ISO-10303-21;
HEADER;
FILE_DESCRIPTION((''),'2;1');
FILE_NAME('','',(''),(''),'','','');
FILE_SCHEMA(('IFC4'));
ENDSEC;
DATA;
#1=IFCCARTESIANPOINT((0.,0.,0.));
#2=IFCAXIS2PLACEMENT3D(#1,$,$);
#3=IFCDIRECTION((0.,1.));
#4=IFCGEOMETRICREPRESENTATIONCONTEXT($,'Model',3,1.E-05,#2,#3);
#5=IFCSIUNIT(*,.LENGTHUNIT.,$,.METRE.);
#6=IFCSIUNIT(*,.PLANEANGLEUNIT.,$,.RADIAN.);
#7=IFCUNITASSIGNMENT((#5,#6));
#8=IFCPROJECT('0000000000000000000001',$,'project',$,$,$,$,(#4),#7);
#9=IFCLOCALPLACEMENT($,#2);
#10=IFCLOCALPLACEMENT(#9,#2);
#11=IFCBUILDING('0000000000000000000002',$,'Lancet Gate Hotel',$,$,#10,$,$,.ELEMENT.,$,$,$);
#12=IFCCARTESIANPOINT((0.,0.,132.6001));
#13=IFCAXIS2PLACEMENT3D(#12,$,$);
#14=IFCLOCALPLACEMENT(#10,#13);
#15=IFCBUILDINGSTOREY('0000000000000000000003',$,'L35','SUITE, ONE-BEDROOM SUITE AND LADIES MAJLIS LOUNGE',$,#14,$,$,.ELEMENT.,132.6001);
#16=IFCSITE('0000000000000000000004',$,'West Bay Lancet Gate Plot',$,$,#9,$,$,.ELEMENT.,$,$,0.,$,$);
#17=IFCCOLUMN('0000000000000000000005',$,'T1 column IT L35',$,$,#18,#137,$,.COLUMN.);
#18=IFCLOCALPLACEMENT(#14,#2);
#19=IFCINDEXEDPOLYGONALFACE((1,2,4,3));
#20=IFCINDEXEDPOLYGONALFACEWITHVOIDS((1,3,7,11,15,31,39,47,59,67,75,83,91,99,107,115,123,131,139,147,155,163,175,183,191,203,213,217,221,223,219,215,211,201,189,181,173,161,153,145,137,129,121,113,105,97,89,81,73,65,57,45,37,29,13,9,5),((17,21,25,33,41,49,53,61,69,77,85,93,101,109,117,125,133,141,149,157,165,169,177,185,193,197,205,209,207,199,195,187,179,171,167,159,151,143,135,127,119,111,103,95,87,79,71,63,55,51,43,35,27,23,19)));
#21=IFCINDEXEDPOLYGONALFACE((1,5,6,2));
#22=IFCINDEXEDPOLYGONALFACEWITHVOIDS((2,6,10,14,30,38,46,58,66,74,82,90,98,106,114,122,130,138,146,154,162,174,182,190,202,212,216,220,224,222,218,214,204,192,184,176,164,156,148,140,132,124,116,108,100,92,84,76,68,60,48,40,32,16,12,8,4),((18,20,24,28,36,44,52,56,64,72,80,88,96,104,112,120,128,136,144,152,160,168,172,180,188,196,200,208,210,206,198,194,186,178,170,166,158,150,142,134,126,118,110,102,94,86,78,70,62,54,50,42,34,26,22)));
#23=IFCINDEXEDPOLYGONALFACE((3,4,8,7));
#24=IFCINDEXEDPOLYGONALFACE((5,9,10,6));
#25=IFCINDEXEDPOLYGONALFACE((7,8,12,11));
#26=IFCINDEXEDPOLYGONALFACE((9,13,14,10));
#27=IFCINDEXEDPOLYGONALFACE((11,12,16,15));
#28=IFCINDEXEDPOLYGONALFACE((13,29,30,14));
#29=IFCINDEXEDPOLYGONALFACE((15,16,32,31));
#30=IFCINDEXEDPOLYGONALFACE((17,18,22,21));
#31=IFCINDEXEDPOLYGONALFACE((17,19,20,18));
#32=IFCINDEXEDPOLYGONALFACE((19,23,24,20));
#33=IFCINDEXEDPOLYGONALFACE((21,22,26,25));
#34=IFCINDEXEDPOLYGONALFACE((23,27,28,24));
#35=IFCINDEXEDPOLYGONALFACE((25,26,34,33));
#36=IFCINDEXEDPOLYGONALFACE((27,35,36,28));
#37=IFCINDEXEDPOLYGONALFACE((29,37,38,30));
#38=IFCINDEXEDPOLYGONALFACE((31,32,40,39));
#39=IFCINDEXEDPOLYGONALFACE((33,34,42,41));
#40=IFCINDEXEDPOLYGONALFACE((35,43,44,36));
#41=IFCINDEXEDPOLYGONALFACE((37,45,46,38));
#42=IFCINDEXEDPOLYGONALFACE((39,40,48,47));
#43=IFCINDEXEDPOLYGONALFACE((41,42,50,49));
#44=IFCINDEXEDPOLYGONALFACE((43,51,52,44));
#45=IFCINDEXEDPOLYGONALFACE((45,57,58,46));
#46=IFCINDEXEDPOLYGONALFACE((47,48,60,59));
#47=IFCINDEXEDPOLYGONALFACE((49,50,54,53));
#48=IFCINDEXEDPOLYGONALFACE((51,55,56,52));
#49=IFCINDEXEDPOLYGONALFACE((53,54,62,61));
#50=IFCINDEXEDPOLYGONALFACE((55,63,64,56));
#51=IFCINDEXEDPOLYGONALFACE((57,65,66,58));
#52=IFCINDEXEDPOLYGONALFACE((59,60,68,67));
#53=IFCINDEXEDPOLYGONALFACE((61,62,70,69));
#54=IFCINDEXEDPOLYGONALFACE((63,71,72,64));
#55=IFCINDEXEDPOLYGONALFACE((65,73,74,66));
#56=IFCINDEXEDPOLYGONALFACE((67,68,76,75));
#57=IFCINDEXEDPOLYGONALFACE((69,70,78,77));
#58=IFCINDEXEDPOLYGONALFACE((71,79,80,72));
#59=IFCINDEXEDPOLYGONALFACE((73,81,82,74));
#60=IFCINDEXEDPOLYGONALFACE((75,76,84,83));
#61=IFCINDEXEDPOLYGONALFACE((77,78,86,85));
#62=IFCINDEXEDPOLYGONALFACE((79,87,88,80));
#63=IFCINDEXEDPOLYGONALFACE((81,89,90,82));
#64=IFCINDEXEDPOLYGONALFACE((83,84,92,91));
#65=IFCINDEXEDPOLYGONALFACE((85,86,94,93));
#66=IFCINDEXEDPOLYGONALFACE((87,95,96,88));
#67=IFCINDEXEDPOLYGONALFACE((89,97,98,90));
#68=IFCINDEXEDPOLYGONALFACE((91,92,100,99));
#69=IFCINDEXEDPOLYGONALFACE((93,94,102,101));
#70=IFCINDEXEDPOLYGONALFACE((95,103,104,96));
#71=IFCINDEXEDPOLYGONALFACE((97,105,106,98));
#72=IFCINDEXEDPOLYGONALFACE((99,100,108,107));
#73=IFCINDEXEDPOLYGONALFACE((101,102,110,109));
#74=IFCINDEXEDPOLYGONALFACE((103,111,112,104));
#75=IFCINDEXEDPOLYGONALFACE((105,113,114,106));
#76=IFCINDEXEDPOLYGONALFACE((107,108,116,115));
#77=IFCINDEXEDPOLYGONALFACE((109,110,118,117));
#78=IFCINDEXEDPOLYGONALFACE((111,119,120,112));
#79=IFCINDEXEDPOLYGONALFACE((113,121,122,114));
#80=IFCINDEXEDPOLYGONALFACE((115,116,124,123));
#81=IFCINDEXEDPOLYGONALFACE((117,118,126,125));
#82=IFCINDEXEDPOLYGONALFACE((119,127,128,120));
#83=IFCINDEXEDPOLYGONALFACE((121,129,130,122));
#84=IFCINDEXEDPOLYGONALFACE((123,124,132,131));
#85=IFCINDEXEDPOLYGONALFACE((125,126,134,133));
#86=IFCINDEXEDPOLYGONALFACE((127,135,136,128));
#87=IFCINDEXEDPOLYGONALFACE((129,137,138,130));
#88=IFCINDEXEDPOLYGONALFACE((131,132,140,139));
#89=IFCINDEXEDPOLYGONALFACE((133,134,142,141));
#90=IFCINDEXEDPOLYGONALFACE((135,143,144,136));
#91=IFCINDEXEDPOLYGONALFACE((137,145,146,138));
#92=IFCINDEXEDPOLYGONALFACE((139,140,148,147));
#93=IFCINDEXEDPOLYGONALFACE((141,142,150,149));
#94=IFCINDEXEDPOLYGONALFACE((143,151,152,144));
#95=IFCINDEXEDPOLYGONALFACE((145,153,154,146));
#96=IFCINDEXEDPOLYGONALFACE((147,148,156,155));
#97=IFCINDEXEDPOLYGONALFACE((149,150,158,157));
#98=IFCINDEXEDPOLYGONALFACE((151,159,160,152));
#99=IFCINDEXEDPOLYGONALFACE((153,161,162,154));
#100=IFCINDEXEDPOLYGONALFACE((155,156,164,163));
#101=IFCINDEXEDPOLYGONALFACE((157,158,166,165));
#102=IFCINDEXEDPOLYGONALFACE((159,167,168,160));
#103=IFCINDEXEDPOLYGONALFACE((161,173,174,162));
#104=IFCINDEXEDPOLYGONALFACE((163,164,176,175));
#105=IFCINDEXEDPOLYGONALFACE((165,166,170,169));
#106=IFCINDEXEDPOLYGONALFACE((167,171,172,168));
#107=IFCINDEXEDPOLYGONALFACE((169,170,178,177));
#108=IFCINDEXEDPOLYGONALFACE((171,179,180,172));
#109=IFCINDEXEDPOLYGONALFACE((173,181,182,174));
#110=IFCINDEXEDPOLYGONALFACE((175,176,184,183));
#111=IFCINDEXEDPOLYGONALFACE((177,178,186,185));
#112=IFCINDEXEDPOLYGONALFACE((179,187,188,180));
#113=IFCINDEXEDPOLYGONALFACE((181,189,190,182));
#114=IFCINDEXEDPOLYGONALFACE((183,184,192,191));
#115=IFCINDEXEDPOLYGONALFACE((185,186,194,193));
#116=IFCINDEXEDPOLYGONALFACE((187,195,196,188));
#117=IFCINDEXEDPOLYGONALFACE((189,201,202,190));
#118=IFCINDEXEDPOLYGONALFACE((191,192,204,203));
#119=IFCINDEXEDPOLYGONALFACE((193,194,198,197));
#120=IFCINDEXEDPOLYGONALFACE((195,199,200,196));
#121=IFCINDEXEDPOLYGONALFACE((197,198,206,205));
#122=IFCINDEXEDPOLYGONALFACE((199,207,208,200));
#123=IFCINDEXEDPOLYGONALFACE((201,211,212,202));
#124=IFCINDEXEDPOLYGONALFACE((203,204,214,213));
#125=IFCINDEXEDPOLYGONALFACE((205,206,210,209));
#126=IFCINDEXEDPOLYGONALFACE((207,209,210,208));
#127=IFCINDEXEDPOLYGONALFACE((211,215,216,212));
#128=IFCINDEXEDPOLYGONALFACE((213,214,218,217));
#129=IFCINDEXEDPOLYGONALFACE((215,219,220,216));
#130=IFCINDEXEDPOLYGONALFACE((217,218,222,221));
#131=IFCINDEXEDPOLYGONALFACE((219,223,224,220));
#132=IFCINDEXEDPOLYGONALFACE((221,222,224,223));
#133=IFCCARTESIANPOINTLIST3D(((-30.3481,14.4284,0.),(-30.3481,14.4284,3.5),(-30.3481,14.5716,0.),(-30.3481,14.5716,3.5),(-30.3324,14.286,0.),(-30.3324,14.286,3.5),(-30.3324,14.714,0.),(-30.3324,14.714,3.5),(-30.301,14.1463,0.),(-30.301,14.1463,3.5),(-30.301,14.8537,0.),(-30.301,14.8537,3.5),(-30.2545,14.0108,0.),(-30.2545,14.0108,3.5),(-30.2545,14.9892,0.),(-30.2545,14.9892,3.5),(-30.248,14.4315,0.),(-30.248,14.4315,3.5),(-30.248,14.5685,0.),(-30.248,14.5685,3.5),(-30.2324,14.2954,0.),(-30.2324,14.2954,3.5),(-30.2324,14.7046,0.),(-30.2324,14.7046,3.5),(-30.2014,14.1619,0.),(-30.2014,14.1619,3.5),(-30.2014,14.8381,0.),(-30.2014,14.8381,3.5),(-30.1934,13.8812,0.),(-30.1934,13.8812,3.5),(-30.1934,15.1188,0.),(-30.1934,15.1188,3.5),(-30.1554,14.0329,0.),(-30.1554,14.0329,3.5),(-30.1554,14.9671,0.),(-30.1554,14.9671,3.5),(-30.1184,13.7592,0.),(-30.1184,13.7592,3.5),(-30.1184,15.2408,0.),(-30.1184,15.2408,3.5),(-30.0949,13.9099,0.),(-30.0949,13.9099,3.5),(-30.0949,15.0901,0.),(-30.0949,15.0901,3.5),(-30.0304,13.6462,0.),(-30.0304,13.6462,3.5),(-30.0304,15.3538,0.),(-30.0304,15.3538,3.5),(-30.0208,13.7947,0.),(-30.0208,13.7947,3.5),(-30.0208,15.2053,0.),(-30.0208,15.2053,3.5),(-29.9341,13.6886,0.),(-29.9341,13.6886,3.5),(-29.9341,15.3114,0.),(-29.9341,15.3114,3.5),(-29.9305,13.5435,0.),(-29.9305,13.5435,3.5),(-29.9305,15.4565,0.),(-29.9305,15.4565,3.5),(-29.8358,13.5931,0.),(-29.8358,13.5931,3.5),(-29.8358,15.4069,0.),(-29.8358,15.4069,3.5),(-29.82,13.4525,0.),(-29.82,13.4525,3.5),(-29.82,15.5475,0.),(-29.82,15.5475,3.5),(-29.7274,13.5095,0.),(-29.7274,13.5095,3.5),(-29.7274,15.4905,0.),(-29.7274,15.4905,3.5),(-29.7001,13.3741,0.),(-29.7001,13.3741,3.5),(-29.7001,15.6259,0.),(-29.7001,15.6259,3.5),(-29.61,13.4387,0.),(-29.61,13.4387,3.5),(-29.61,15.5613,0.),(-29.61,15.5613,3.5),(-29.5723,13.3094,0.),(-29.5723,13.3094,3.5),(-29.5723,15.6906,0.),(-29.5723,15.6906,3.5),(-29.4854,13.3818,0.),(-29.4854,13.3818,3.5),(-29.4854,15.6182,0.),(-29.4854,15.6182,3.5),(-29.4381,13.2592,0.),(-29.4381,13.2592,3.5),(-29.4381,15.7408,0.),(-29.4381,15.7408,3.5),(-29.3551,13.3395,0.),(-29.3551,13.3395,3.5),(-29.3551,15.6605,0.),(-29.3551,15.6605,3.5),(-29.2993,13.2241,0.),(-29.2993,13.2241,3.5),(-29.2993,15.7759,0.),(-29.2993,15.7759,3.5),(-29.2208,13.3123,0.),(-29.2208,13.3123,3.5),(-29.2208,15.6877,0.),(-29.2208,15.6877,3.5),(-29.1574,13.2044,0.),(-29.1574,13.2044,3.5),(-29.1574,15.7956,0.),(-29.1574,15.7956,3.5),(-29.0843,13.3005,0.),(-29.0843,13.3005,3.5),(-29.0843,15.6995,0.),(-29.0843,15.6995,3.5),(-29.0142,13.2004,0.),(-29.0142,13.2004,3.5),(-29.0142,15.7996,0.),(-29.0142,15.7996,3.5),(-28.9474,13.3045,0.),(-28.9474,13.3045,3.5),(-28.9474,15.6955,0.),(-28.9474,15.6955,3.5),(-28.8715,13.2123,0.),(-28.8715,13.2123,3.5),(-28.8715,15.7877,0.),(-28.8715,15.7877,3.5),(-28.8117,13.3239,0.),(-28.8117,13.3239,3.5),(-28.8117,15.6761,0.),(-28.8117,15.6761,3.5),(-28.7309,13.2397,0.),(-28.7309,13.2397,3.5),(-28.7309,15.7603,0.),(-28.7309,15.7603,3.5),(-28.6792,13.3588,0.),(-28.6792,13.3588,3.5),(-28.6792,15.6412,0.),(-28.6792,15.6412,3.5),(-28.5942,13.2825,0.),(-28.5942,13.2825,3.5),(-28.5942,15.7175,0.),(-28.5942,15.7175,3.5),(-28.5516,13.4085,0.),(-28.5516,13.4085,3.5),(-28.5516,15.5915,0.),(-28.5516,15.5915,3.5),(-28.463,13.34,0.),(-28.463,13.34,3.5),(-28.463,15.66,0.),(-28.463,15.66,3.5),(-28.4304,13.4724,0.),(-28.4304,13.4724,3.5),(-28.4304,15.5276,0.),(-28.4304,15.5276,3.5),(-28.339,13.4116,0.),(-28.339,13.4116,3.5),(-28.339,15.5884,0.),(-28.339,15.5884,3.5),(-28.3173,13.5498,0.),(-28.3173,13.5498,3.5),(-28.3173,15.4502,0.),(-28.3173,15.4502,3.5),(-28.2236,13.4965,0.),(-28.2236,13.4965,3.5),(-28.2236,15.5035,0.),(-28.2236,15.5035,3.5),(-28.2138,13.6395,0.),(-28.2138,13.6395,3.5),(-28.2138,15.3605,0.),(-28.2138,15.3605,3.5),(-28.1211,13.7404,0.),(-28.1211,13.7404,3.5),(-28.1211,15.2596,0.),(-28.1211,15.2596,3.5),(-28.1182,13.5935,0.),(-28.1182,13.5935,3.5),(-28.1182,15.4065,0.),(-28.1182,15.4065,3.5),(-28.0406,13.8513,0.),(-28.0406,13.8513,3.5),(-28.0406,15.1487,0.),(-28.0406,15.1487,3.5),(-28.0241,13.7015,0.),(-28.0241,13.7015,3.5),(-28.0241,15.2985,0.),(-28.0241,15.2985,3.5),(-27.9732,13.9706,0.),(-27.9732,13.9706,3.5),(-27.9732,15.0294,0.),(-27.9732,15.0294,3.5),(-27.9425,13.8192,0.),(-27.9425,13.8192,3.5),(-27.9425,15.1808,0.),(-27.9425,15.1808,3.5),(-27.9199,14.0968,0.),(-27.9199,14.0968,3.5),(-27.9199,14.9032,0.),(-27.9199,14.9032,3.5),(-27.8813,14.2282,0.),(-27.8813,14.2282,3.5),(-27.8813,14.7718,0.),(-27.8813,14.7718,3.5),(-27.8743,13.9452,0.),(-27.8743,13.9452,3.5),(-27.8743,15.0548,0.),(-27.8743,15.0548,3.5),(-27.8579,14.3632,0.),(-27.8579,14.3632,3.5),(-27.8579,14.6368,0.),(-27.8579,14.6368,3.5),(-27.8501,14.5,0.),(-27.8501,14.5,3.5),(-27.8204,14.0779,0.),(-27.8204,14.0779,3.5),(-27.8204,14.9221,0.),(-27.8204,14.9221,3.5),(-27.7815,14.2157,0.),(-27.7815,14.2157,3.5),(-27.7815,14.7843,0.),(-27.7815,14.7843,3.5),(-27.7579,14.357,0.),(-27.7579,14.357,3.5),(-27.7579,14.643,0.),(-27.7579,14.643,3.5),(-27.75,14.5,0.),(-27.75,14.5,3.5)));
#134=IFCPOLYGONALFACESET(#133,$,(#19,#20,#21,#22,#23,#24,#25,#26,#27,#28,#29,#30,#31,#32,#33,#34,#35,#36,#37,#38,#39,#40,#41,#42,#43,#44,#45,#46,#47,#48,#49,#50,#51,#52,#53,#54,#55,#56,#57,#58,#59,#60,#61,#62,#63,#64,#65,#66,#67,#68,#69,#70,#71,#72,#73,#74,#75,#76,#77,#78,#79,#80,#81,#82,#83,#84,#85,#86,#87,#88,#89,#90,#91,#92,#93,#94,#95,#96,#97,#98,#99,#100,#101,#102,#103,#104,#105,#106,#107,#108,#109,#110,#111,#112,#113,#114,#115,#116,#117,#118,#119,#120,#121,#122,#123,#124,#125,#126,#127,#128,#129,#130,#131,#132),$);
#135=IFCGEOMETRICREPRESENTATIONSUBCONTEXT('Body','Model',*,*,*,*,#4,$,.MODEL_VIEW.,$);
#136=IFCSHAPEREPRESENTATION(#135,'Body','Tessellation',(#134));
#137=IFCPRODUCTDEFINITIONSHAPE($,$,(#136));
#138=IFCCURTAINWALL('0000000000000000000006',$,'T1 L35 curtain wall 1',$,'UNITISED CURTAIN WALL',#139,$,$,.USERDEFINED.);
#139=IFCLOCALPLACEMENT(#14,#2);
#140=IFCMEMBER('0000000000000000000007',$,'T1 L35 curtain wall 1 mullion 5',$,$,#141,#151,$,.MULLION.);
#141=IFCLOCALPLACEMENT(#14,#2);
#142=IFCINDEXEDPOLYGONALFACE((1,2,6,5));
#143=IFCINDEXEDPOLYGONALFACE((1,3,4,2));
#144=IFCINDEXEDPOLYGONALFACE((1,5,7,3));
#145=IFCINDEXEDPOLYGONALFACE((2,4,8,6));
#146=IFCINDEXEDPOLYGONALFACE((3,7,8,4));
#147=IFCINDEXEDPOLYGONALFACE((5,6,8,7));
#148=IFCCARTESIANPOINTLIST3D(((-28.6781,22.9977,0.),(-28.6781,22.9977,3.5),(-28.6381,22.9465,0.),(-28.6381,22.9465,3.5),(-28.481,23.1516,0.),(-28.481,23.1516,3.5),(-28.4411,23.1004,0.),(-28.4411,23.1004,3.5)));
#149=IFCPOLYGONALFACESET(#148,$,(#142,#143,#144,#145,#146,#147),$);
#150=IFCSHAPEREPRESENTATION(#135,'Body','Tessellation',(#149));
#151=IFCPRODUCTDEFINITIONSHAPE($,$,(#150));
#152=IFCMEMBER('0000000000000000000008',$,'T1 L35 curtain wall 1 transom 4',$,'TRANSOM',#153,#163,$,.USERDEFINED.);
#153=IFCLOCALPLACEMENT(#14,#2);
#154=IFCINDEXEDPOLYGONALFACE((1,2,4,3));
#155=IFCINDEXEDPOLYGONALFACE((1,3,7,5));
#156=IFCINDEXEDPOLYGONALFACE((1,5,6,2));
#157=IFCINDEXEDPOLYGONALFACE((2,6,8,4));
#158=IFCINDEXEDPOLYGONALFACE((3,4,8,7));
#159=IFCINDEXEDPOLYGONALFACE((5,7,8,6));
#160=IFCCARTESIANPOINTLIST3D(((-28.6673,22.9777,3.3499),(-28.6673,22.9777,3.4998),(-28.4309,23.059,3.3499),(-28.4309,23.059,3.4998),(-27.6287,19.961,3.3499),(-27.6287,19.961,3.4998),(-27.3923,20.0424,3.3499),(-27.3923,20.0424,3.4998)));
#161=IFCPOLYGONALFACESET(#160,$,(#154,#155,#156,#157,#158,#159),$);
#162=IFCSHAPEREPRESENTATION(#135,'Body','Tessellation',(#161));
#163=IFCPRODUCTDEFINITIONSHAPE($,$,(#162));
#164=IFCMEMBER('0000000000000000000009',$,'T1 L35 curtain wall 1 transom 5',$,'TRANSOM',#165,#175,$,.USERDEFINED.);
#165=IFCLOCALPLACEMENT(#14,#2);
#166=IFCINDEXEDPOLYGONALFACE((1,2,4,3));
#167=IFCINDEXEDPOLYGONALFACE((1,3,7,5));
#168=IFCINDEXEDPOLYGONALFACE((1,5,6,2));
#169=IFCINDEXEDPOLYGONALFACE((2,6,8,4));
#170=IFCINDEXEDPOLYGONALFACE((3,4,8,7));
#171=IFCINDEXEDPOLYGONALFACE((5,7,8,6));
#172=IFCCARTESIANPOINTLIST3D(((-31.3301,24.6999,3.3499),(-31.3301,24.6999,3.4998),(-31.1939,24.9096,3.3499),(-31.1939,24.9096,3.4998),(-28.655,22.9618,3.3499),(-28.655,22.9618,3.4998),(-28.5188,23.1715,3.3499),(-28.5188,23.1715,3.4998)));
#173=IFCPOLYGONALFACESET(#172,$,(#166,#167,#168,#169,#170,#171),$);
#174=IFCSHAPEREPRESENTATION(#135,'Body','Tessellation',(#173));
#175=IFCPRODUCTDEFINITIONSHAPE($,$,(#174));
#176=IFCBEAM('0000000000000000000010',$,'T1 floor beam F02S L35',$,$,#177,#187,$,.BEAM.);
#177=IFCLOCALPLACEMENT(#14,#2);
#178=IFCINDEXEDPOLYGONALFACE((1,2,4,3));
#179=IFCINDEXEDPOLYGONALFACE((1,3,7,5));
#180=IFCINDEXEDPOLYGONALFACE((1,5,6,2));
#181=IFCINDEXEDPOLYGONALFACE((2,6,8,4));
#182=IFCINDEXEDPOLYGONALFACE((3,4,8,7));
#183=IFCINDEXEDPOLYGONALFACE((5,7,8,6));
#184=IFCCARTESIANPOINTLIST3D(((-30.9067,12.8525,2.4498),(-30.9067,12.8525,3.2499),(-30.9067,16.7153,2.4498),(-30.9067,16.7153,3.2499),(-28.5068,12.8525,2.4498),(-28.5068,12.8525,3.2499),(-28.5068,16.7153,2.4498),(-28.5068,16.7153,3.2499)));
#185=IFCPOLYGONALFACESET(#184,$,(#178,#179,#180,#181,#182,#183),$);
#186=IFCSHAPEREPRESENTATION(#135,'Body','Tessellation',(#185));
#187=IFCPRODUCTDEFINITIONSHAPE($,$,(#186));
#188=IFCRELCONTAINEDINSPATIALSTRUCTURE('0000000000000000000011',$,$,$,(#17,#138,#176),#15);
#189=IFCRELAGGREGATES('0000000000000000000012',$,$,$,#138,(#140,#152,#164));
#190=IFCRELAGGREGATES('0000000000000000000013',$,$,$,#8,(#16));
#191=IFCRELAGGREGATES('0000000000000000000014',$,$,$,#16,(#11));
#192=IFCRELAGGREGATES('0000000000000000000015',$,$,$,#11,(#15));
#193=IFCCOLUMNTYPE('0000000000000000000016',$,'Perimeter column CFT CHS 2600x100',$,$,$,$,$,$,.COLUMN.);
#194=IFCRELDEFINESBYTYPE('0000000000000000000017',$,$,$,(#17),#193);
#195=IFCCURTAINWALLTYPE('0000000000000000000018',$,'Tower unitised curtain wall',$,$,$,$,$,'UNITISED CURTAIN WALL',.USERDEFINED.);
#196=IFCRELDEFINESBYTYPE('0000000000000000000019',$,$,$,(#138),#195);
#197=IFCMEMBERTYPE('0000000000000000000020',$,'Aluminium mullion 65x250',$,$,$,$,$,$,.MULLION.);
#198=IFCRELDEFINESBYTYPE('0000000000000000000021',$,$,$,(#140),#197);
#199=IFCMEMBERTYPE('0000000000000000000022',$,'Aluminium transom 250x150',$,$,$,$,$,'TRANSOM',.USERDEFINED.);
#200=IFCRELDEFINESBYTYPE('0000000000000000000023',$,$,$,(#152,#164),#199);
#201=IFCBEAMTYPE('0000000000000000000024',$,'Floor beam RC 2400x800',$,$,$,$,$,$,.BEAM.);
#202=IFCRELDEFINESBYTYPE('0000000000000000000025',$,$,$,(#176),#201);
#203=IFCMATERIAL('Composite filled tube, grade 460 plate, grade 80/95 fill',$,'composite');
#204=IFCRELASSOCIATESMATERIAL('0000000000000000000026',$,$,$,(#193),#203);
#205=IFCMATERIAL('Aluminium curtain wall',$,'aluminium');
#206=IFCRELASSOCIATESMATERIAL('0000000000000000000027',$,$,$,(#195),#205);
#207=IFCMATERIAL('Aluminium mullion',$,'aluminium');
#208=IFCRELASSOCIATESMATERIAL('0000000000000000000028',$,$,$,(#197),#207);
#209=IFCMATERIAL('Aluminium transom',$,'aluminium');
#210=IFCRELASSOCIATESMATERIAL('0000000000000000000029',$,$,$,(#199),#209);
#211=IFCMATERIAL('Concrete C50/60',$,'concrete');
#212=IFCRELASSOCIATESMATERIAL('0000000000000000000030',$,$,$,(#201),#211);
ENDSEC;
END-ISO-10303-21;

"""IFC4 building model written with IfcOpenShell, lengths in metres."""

from ifc_helpers import new_model, si_unit, direction, frame, origin, origin_2d, place, context, subcontext, project, spatial, rectangle, hollow_circle, extrude, material, material_profile, profile_set, type_object, element, aggregate, save


model = new_model("IFC4")

# Units and contexts
model_context = context("Model", 3, precision=1e-05, world=origin(), true_north=direction((0.0, 1.0)))
body_context = subcontext(model_context, "Body", "Model", "MODEL_VIEW")
ifc_project = project(units=[si_unit("LENGTHUNIT", "METRE"), si_unit("PLANEANGLEUNIT", "RADIAN")], contexts=[model_context])

# Site, building, storey
site_placement = place(None, origin())
site = spatial("IfcSite", under=ifc_project, at=site_placement, Name="West Bay Lancet Gate Plot", CompositionType="ELEMENT", RefElevation=0.0)
building_placement = place(site_placement, origin())
building = spatial("IfcBuilding", under=site, at=building_placement, Name="Lancet Gate Hotel", CompositionType="ELEMENT")
storey_placement = place(building_placement, frame((0.0, 0.0, 132.6001)))
storey = spatial("IfcBuildingStorey", under=building, at=storey_placement, Name="L35", Description="SUITE, ONE-BEDROOM SUITE AND LADIES MAJLIS LOUNGE", CompositionType="ELEMENT", Elevation=132.6001)

# Column
ifc_material_1 = material(Name="Composite filled tube, grade 460 plate, grade 80/95 fill", Category="composite")
ifc_material_profile_1 = material_profile(ifc_material_1, hollow_circle(Radius=1.3, WallThickness=0.1001, at=origin_2d()), Name="CHS 2600x100")
ifc_profile_set_1 = profile_set([ifc_material_profile_1], Name="Composite filled tube, grade 460 plate, grade 80/95 fill")
column_type = type_object("IfcColumnType", Name="Perimeter column CFT CHS 2600x100", PredefinedType="COLUMN", material=ifc_profile_set_1)
for number, where, z_axis, x_axis, name in (
    (1, (-29.05, 14.5, 0.0), (0.0, 0.0, 1.0), (1.0, 0.0, 0.0), "T1 column IT L35"),
):
    element("IfcColumn", number, at=place(storey_placement, frame(where, z_axis=z_axis, x_axis=x_axis)), inside=storey, type_object=column_type, Name=name, PredefinedType="COLUMN", context=body_context, shape_type="SweptSolid", body=[
        extrude(hollow_circle(Radius=1.3, WallThickness=0.1001, at=origin_2d()), origin(), (0.0, 0.0, 1.0), 3.5),
    ])

# Curtain wall, members
ifc_material_2 = material(Name="Aluminium curtain wall", Category="aluminium")
curtain_wall_type = type_object("IfcCurtainWallType", Name="Tower unitised curtain wall", ElementType="UNITISED CURTAIN WALL", PredefinedType="USERDEFINED", material=ifc_material_2)
curtain_wall_placement = place(storey_placement, origin())
curtain_wall = element("IfcCurtainWall", 2, at=curtain_wall_placement, inside=storey, type_object=curtain_wall_type, Name="T1 L35 curtain wall 1", ObjectType="UNITISED CURTAIN WALL", PredefinedType="USERDEFINED")
ifc_material_3 = material(Name="Aluminium mullion", Category="aluminium")
ifc_material_profile_2 = material_profile(ifc_material_3, rectangle(XDim=0.0649, YDim=0.25, at=origin_2d()), Name="MULLION 65x250")
ifc_profile_set_2 = profile_set([ifc_material_profile_2], Name="Aluminium mullion")
member_type_1 = type_object("IfcMemberType", Name="Aluminium mullion 65x250", PredefinedType="MULLION", material=ifc_profile_set_2)
member_1_placement = place(storey_placement, frame((-28.5596, 23.0491, 0.0), z_axis=(0.0, 0.0, 1.0), x_axis=(-0.615574, 0.788079, 0.0)))
member_1 = element("IfcMember", 3, at=member_1_placement, type_object=member_type_1, Name="T1 L35 curtain wall 1 mullion 5", PredefinedType="MULLION", context=body_context, shape_type="SweptSolid", body=[
    extrude(rectangle(XDim=0.0649, YDim=0.25, at=origin_2d()), origin(), (0.0, 0.0, 1.0), 3.5),
])
ifc_material_4 = material(Name="Aluminium transom", Category="aluminium")
ifc_material_profile_3 = material_profile(ifc_material_4, rectangle(XDim=0.25, YDim=0.1499, at=origin_2d()), Name="TRANSOM 250x150")
ifc_profile_set_3 = profile_set([ifc_material_profile_3], Name="Aluminium transom")
member_type_2 = type_object("IfcMemberType", Name="Aluminium transom 250x150", ElementType="TRANSOM", PredefinedType="USERDEFINED", material=ifc_profile_set_3)
member_2_placement = place(storey_placement, frame((-27.5105, 20.0017, 3.4248), z_axis=(-0.325533, 0.945531, 0.0), x_axis=(-0.945531, -0.325533, 0.0)))
member_2 = element("IfcMember", 4, at=member_2_placement, type_object=member_type_2, Name="T1 L35 curtain wall 1 transom 4", ObjectType="TRANSOM", PredefinedType="USERDEFINED", context=body_context, shape_type="SweptSolid", body=[
    extrude(rectangle(XDim=0.25, YDim=0.1499, at=origin_2d()), origin(), (0.0, 0.0, 1.0), 3.1904),
])
member_3_placement = place(storey_placement, frame((-28.5869, 23.0667, 3.4248), z_axis=(-0.83855, 0.544824, 0.0), x_axis=(-0.544824, -0.83855, 0.0)))
member_3 = element("IfcMember", 5, at=member_3_placement, type_object=member_type_2, Name="T1 L35 curtain wall 1 transom 5", ObjectType="TRANSOM", PredefinedType="USERDEFINED", context=body_context, shape_type="SweptSolid", body=[
    extrude(rectangle(XDim=0.25, YDim=0.1499, at=origin_2d()), origin(), (0.0, 0.0, 1.0), 3.1902),
])

# Beam
ifc_material_5 = material(Name="Concrete C50/60", Category="concrete")
ifc_material_profile_4 = material_profile(ifc_material_5, rectangle(XDim=2.3999, YDim=0.8, at=origin_2d()), Name="RC 2400x800")
ifc_profile_set_4 = profile_set([ifc_material_profile_4], Name="Concrete C50/60")
beam_type_1 = type_object("IfcBeamType", Name="Floor beam RC 2400x800", PredefinedType="BEAM", material=ifc_profile_set_4)
beam_1_placement = place(storey_placement, frame((-29.7068, 16.7153, 2.8499), z_axis=(0.0, -1.0, 0.0), x_axis=(1.0, 0.0, 0.0)))
element("IfcBeam", 6, at=beam_1_placement, inside=storey, type_object=beam_type_1, Name="T1 floor beam F02S L35", PredefinedType="BEAM", context=body_context, shape_type="SweptSolid", body=[
    extrude(rectangle(XDim=2.3999, YDim=0.8, at=origin_2d()), origin(), (0.0, 0.0, 1.0), 3.8628),
])

aggregate(curtain_wall, [member_1, member_2, member_3])

save(model, "model.ifc")
